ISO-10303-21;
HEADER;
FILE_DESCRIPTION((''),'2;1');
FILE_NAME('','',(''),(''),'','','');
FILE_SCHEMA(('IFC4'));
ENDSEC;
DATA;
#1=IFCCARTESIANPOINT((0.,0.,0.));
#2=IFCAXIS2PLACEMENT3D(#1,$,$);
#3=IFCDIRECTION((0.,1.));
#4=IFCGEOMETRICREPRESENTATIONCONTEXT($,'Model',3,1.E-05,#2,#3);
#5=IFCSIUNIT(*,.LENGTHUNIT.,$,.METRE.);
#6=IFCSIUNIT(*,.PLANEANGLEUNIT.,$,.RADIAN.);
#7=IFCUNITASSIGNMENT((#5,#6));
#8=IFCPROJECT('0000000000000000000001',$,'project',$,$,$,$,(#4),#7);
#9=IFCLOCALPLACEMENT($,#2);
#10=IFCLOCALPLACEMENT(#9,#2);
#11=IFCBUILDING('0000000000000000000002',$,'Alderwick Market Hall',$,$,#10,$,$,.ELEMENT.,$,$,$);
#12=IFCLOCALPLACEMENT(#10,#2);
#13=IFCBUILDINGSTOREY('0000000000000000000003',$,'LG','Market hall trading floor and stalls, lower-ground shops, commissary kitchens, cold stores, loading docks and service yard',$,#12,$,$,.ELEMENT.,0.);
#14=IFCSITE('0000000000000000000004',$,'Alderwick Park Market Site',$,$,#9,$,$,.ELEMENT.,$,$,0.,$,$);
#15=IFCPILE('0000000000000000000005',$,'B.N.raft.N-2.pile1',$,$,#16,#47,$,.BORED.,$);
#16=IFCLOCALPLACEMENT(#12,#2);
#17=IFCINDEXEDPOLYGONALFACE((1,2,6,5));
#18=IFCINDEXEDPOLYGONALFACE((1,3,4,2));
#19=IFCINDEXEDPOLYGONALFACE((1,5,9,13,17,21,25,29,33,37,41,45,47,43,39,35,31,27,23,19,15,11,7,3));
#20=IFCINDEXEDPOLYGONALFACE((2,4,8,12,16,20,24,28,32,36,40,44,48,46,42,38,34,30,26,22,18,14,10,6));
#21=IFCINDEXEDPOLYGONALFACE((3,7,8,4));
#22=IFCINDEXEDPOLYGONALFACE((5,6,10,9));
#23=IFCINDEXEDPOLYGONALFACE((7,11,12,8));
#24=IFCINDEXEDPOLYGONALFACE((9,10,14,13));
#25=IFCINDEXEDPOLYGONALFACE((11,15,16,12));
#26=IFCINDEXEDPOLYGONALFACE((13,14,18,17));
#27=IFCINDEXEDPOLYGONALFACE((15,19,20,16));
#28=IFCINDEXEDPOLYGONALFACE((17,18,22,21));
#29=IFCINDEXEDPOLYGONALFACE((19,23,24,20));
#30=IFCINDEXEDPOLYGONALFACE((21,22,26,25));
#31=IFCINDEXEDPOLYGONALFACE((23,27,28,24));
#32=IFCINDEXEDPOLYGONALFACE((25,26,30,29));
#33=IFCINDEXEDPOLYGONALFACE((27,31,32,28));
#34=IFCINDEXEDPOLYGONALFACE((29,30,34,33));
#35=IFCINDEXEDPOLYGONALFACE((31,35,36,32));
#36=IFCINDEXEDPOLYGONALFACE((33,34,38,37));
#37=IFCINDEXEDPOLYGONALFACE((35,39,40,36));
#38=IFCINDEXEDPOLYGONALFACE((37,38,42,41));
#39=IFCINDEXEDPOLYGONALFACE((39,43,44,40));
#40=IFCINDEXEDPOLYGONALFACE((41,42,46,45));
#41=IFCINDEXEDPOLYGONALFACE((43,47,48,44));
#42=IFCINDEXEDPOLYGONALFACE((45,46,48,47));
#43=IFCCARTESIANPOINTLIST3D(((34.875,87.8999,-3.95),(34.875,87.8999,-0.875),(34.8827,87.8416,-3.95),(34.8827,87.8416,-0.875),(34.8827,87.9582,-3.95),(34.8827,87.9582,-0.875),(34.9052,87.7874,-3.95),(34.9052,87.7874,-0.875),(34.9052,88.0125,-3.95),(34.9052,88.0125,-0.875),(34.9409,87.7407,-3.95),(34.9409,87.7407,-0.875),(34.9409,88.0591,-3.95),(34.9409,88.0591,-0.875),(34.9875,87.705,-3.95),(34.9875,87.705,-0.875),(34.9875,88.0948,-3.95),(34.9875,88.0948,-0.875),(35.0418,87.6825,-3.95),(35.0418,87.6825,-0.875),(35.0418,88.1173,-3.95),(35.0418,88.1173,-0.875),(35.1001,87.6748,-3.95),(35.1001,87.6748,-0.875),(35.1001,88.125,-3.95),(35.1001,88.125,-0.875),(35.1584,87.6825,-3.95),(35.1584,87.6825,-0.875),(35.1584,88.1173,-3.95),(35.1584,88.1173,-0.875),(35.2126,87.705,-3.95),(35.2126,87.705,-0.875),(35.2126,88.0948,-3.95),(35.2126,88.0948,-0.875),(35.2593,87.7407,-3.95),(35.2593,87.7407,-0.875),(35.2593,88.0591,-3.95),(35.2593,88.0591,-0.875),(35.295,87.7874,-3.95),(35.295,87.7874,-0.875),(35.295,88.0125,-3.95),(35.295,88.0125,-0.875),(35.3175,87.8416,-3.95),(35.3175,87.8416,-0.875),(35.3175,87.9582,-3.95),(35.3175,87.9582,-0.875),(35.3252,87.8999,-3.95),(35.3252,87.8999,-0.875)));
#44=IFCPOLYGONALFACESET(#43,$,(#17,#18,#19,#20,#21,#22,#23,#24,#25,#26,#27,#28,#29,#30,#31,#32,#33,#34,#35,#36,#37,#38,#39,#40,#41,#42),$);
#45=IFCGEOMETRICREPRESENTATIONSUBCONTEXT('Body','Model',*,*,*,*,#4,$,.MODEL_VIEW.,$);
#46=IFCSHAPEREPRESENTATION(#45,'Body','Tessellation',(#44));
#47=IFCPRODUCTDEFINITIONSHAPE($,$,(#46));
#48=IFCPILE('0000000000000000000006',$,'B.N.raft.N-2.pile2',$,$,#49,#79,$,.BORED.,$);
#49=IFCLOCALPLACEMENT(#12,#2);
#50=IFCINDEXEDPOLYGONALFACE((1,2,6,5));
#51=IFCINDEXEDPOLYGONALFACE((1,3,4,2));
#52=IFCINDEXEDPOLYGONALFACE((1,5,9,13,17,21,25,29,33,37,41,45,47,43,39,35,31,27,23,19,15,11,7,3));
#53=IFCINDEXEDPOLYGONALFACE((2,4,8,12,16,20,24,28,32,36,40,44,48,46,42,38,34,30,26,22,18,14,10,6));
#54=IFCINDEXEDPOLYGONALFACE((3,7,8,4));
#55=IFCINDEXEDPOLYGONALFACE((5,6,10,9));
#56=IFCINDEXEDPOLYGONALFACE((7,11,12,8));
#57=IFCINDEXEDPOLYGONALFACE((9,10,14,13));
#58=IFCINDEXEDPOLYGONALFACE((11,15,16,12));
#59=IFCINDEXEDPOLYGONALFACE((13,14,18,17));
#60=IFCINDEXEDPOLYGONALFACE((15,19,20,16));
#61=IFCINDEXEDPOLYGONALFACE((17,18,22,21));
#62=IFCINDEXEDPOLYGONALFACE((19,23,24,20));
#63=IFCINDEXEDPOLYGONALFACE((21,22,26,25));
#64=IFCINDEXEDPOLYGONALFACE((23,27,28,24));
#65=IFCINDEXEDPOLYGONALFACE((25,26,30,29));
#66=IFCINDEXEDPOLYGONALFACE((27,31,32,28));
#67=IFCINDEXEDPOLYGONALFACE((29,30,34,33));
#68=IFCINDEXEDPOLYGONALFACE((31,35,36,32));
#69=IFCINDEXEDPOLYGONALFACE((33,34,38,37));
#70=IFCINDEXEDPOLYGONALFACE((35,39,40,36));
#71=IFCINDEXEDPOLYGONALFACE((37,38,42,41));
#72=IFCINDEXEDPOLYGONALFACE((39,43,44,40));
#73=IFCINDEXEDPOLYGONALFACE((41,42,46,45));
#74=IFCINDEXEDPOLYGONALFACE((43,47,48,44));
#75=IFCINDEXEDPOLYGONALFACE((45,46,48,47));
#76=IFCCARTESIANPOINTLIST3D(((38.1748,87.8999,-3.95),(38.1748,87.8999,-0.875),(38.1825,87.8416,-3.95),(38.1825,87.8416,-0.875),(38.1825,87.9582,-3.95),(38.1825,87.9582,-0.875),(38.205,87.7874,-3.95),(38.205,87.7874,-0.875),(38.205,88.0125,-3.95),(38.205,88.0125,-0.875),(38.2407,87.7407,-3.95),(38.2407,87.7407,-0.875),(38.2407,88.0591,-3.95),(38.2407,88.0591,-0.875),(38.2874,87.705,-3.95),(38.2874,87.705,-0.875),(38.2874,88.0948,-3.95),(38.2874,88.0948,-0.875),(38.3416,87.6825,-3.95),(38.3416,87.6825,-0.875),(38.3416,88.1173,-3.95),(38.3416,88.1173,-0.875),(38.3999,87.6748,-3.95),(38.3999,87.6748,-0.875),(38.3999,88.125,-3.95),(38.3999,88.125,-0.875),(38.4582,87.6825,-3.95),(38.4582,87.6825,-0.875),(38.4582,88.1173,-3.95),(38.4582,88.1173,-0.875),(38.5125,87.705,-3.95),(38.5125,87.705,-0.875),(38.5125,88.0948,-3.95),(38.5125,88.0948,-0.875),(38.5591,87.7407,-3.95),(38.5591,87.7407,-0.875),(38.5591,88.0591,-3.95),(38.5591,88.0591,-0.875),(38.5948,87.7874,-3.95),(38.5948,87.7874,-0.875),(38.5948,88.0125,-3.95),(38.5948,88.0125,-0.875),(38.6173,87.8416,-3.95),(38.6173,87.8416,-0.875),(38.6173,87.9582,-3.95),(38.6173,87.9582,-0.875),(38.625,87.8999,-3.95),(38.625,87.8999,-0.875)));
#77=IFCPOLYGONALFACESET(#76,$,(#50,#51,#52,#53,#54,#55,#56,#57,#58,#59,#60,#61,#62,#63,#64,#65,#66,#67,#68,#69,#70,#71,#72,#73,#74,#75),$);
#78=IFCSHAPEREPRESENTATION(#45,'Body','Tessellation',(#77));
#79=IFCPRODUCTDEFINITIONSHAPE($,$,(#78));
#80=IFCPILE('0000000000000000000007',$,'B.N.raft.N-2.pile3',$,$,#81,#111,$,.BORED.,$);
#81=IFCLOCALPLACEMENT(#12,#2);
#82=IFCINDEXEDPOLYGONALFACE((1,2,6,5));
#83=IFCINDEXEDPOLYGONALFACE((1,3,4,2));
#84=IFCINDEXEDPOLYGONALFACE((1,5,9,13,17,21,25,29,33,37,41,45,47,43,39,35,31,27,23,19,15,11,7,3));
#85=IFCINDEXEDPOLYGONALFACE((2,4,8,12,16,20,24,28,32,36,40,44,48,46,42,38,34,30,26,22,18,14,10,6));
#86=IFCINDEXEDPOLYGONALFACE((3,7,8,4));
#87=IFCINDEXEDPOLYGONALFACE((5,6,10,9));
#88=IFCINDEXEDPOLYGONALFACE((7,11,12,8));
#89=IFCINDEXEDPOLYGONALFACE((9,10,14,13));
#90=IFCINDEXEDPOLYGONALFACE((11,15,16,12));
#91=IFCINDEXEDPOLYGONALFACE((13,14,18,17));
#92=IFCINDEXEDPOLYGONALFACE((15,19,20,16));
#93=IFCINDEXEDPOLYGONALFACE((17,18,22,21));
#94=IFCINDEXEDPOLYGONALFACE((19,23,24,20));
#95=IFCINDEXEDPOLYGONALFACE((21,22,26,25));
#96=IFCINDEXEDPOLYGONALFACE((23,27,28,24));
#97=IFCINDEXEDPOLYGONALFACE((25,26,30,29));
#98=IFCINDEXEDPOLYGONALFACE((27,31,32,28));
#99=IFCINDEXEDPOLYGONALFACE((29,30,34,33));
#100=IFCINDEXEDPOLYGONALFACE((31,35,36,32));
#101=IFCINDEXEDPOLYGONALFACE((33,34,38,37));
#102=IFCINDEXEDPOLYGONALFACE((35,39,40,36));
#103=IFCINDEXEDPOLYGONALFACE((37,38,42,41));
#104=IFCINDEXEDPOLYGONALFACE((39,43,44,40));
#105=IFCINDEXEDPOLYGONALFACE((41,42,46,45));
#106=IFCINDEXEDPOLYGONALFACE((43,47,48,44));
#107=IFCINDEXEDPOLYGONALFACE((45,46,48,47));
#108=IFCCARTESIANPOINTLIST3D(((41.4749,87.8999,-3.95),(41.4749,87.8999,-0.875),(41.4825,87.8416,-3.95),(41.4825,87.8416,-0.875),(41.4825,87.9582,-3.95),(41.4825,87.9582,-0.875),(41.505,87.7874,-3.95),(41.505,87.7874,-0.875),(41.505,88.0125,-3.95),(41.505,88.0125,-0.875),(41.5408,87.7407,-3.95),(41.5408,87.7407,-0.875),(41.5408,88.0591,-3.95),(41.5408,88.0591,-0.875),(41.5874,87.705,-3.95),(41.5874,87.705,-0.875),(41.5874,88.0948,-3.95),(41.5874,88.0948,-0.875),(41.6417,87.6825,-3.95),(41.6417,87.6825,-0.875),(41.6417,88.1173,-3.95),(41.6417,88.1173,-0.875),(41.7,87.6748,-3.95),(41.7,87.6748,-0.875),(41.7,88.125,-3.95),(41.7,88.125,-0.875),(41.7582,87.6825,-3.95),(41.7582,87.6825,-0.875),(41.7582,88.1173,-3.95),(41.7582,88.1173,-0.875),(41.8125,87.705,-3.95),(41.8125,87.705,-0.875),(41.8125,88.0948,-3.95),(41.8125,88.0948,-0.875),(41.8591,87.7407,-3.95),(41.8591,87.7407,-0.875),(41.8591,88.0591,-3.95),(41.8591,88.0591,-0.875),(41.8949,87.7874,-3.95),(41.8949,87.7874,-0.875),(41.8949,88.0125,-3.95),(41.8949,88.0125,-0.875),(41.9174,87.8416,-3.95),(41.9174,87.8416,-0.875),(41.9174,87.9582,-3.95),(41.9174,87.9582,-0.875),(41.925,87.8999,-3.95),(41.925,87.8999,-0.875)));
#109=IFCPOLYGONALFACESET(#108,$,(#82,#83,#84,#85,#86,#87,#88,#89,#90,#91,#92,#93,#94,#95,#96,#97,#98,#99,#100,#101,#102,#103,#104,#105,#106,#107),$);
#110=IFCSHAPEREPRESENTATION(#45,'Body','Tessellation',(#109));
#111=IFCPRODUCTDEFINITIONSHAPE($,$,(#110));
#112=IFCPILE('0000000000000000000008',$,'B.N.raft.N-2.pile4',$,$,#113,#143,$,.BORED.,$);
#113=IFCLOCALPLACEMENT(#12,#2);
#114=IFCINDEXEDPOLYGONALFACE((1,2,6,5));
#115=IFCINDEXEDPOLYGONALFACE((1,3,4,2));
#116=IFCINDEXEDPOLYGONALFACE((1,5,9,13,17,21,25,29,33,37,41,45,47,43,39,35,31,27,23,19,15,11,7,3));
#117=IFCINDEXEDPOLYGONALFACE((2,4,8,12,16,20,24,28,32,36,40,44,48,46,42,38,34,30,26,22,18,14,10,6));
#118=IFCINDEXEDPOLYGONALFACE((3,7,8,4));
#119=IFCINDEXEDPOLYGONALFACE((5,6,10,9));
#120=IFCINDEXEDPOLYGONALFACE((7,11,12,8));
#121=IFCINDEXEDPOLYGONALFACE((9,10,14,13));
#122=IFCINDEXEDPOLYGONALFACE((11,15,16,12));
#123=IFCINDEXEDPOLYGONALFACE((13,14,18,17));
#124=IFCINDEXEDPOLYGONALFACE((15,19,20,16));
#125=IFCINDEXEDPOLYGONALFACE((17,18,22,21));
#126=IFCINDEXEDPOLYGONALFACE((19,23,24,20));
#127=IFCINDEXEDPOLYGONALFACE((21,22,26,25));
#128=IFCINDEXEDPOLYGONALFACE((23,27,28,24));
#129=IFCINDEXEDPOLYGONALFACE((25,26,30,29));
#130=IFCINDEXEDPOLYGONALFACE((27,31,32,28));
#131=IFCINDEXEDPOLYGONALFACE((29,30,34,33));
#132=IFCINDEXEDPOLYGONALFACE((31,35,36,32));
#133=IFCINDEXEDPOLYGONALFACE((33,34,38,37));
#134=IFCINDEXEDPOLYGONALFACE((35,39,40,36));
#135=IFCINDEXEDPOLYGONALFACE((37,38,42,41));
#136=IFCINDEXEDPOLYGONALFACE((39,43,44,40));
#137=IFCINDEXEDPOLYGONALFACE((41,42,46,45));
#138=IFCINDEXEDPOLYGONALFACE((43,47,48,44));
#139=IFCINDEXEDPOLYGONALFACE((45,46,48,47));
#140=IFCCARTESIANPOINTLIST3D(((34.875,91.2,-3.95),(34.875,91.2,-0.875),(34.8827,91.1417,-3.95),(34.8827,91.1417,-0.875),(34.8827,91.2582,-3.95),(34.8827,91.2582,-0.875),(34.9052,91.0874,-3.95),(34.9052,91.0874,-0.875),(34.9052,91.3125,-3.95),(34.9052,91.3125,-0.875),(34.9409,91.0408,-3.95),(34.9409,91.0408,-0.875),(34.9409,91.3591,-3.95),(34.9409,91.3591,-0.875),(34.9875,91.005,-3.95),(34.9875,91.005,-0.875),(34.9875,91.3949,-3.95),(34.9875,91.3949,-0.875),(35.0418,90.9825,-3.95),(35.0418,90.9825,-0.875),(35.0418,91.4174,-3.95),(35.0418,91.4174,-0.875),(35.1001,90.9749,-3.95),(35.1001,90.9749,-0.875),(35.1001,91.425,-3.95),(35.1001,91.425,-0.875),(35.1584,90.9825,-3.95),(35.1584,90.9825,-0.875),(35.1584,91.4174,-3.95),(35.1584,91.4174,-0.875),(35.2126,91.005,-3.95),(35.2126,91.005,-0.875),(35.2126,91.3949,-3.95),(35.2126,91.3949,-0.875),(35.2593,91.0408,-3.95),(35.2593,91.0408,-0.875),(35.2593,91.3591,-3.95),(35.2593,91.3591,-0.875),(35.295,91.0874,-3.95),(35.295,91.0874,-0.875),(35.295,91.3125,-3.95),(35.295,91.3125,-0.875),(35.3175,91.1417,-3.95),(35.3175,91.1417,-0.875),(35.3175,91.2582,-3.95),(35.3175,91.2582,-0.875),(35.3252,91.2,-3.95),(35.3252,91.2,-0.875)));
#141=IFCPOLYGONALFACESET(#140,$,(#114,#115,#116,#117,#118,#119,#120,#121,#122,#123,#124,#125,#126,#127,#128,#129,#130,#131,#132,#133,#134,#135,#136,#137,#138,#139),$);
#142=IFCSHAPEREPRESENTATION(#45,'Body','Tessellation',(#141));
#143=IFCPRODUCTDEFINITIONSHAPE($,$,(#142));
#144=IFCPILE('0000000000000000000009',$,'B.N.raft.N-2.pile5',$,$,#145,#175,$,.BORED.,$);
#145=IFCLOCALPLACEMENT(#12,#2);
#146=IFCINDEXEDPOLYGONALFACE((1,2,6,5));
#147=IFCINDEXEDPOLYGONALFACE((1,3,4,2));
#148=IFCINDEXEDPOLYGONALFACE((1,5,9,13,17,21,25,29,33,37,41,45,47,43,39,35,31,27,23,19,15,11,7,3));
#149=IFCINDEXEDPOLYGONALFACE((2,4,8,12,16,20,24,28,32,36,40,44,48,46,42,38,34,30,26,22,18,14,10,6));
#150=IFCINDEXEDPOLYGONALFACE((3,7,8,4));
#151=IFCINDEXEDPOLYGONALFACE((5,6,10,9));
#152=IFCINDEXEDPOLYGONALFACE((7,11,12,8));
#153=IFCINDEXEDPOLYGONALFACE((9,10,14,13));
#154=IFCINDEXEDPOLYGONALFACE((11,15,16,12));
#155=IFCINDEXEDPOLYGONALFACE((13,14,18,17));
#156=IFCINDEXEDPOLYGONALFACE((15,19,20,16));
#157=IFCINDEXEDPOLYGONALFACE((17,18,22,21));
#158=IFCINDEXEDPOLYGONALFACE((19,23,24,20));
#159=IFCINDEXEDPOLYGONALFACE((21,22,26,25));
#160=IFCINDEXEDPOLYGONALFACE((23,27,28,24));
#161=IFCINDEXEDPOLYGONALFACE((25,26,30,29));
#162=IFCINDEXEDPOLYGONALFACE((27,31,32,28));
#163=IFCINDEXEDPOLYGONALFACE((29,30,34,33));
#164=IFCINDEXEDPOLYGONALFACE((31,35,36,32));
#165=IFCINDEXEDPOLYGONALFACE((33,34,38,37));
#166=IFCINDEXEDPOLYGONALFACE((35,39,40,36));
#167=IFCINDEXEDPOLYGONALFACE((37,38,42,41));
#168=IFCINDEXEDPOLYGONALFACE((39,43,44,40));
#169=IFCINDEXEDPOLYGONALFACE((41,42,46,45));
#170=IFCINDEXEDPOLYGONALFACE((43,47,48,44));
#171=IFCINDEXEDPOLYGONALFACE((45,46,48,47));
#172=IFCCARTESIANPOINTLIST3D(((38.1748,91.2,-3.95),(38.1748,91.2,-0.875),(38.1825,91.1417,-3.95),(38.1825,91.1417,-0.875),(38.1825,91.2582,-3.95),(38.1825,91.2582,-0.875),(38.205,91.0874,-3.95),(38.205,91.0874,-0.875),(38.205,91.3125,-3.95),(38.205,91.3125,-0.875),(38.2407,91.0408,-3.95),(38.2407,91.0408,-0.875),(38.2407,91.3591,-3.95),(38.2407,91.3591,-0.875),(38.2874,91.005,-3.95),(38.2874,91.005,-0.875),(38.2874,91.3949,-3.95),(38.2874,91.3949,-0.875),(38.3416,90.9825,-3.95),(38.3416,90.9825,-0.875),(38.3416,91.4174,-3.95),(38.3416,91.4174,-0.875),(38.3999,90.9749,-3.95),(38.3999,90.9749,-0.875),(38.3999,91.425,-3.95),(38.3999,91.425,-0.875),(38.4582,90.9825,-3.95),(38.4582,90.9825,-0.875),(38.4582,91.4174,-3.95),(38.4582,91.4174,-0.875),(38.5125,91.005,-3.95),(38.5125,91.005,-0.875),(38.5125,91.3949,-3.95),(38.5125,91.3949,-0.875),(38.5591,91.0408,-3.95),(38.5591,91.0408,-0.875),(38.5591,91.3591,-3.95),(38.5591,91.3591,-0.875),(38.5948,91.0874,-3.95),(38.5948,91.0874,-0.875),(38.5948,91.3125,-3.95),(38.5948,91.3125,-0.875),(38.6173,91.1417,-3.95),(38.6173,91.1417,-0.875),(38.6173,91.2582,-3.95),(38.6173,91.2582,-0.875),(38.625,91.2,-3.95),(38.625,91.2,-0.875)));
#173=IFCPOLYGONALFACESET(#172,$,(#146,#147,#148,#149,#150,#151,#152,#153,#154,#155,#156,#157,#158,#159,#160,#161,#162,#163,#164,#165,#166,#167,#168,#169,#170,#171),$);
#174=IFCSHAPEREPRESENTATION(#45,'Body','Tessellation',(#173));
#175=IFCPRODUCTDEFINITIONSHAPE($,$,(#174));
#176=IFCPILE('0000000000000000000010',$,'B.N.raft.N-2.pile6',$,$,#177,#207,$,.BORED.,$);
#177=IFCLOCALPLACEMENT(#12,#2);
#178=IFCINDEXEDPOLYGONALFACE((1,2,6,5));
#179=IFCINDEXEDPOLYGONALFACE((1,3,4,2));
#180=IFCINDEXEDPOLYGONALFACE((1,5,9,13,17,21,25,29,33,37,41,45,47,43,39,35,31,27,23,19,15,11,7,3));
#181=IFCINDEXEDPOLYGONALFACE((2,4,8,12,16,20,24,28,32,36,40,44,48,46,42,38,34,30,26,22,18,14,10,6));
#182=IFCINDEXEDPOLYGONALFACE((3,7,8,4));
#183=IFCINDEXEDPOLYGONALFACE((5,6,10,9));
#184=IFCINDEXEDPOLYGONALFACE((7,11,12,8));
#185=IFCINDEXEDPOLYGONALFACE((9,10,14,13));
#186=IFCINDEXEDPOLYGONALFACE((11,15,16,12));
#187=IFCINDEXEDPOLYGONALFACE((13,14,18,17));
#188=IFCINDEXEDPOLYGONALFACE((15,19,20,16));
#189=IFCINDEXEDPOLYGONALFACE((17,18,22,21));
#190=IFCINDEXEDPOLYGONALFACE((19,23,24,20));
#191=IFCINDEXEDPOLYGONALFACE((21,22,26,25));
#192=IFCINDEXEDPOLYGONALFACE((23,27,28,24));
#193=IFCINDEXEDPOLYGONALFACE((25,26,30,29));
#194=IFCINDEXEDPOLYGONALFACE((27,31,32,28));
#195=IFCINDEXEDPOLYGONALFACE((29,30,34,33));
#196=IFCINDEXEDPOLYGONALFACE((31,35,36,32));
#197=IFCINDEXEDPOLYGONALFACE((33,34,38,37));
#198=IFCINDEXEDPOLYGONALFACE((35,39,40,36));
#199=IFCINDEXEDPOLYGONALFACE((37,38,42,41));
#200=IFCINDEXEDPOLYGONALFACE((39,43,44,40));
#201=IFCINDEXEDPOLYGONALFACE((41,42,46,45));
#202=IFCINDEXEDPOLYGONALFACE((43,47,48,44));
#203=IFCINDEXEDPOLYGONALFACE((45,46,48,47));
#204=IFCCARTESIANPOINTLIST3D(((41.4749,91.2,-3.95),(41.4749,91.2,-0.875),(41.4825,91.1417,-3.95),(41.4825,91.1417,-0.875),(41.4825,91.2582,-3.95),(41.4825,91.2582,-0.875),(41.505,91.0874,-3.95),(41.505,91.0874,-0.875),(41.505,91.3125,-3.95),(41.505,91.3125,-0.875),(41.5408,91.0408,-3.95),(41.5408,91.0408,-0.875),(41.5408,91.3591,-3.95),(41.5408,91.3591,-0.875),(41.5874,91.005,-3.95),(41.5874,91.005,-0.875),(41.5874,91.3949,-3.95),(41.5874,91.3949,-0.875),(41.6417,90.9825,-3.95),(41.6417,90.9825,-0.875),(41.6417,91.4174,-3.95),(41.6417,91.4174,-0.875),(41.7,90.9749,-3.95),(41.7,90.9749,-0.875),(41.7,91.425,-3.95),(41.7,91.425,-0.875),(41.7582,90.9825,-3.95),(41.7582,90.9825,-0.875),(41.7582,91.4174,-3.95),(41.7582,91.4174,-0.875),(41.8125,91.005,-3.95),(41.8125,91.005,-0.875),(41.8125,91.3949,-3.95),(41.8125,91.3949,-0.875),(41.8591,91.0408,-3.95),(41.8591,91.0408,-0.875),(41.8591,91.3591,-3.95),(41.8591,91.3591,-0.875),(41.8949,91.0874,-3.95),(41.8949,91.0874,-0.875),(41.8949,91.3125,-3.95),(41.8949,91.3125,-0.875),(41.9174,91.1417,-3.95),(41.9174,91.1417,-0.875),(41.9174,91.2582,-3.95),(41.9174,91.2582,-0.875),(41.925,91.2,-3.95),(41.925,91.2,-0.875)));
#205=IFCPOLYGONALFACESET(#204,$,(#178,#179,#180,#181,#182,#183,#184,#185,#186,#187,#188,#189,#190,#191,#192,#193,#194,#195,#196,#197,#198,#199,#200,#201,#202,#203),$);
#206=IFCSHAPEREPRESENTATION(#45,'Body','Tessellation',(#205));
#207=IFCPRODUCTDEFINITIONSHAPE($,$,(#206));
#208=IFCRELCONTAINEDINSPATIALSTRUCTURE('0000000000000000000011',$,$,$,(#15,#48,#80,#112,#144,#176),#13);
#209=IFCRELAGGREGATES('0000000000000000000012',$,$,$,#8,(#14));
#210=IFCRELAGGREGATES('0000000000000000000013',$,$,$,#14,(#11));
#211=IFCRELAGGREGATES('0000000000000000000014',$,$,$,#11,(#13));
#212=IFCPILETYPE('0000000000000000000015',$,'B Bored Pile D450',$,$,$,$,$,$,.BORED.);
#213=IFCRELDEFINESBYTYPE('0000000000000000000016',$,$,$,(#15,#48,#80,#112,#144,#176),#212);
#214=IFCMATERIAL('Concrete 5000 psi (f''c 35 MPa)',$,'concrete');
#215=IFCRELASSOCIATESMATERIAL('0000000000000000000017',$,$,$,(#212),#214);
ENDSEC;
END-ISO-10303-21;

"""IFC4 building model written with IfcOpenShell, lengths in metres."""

from ifc_helpers import new_model, si_unit, direction, frame, origin, origin_2d, place, context, subcontext, project, spatial, circle, extrude, material, material_profile, profile_set, type_object, element, save


model = new_model("IFC4")

# Units and contexts
model_context = context("Model", 3, precision=1e-05, world=origin(), true_north=direction((0.0, 1.0)))
body_context = subcontext(model_context, "Body", "Model", "MODEL_VIEW")
ifc_project = project(units=[si_unit("LENGTHUNIT", "METRE"), si_unit("PLANEANGLEUNIT", "RADIAN")], contexts=[model_context])

# Site, building, storey
site_placement = place(None, origin())
site = spatial("IfcSite", under=ifc_project, at=site_placement, Name="Alderwick Park Market Site", CompositionType="ELEMENT", RefElevation=0.0)
building_placement = place(site_placement, origin())
building = spatial("IfcBuilding", under=site, at=building_placement, Name="Alderwick Market Hall", CompositionType="ELEMENT")
storey_placement = place(building_placement, origin())
storey = spatial("IfcBuildingStorey", under=building, at=storey_placement, Name="LG", Description="Market hall trading floor and stalls, lower-ground shops, commissary kitchens, cold stores, loading docks and service yard", CompositionType="ELEMENT", Elevation=0.0)

# Piles
ifc_material = material(Name="Concrete 5000 psi (f'c 35 MPa)", Category="concrete")
ifc_material_profile = material_profile(ifc_material, circle(Radius=0.2251, at=origin_2d()), Name="B Bored Pile D450")
ifc_profile_set = profile_set([ifc_material_profile], Name="Concrete 5000 psi (f'c 35 MPa)")
pile_type = type_object("IfcPileType", Name="B Bored Pile D450", PredefinedType="BORED", material=ifc_profile_set)
for number, where, z_axis, x_axis, name in (
    (1, (35.1001, 87.8999, -0.875), (0.0, 0.0, -1.0), (1.0, 0.0, 0.0), "B.N.raft.N-2.pile1"),
    (2, (38.3999, 87.8999, -0.875), (0.0, 0.0, -1.0), (1.0, 0.0, 0.0), "B.N.raft.N-2.pile2"),
    (3, (41.7, 87.8999, -0.875), (0.0, 0.0, -1.0), (1.0, 0.0, 0.0), "B.N.raft.N-2.pile3"),
    (4, (35.1001, 91.2, -0.875), (0.0, 0.0, -1.0), (1.0, 0.0, 0.0), "B.N.raft.N-2.pile4"),
    (5, (38.3999, 91.2, -0.875), (0.0, 0.0, -1.0), (1.0, 0.0, 0.0), "B.N.raft.N-2.pile5"),
    (6, (41.7, 91.2, -0.875), (0.0, 0.0, -1.0), (1.0, 0.0, 0.0), "B.N.raft.N-2.pile6"),
):
    element("IfcPile", number, at=place(storey_placement, frame(where, z_axis=z_axis, x_axis=x_axis)), inside=storey, type_object=pile_type, Name=name, PredefinedType="BORED", context=body_context, shape_type="SweptSolid", body=[
        extrude(circle(Radius=0.2251, at=origin_2d()), origin(), (0.0, 0.0, 1.0), 3.075),
    ])

save(model, "model.ifc")
